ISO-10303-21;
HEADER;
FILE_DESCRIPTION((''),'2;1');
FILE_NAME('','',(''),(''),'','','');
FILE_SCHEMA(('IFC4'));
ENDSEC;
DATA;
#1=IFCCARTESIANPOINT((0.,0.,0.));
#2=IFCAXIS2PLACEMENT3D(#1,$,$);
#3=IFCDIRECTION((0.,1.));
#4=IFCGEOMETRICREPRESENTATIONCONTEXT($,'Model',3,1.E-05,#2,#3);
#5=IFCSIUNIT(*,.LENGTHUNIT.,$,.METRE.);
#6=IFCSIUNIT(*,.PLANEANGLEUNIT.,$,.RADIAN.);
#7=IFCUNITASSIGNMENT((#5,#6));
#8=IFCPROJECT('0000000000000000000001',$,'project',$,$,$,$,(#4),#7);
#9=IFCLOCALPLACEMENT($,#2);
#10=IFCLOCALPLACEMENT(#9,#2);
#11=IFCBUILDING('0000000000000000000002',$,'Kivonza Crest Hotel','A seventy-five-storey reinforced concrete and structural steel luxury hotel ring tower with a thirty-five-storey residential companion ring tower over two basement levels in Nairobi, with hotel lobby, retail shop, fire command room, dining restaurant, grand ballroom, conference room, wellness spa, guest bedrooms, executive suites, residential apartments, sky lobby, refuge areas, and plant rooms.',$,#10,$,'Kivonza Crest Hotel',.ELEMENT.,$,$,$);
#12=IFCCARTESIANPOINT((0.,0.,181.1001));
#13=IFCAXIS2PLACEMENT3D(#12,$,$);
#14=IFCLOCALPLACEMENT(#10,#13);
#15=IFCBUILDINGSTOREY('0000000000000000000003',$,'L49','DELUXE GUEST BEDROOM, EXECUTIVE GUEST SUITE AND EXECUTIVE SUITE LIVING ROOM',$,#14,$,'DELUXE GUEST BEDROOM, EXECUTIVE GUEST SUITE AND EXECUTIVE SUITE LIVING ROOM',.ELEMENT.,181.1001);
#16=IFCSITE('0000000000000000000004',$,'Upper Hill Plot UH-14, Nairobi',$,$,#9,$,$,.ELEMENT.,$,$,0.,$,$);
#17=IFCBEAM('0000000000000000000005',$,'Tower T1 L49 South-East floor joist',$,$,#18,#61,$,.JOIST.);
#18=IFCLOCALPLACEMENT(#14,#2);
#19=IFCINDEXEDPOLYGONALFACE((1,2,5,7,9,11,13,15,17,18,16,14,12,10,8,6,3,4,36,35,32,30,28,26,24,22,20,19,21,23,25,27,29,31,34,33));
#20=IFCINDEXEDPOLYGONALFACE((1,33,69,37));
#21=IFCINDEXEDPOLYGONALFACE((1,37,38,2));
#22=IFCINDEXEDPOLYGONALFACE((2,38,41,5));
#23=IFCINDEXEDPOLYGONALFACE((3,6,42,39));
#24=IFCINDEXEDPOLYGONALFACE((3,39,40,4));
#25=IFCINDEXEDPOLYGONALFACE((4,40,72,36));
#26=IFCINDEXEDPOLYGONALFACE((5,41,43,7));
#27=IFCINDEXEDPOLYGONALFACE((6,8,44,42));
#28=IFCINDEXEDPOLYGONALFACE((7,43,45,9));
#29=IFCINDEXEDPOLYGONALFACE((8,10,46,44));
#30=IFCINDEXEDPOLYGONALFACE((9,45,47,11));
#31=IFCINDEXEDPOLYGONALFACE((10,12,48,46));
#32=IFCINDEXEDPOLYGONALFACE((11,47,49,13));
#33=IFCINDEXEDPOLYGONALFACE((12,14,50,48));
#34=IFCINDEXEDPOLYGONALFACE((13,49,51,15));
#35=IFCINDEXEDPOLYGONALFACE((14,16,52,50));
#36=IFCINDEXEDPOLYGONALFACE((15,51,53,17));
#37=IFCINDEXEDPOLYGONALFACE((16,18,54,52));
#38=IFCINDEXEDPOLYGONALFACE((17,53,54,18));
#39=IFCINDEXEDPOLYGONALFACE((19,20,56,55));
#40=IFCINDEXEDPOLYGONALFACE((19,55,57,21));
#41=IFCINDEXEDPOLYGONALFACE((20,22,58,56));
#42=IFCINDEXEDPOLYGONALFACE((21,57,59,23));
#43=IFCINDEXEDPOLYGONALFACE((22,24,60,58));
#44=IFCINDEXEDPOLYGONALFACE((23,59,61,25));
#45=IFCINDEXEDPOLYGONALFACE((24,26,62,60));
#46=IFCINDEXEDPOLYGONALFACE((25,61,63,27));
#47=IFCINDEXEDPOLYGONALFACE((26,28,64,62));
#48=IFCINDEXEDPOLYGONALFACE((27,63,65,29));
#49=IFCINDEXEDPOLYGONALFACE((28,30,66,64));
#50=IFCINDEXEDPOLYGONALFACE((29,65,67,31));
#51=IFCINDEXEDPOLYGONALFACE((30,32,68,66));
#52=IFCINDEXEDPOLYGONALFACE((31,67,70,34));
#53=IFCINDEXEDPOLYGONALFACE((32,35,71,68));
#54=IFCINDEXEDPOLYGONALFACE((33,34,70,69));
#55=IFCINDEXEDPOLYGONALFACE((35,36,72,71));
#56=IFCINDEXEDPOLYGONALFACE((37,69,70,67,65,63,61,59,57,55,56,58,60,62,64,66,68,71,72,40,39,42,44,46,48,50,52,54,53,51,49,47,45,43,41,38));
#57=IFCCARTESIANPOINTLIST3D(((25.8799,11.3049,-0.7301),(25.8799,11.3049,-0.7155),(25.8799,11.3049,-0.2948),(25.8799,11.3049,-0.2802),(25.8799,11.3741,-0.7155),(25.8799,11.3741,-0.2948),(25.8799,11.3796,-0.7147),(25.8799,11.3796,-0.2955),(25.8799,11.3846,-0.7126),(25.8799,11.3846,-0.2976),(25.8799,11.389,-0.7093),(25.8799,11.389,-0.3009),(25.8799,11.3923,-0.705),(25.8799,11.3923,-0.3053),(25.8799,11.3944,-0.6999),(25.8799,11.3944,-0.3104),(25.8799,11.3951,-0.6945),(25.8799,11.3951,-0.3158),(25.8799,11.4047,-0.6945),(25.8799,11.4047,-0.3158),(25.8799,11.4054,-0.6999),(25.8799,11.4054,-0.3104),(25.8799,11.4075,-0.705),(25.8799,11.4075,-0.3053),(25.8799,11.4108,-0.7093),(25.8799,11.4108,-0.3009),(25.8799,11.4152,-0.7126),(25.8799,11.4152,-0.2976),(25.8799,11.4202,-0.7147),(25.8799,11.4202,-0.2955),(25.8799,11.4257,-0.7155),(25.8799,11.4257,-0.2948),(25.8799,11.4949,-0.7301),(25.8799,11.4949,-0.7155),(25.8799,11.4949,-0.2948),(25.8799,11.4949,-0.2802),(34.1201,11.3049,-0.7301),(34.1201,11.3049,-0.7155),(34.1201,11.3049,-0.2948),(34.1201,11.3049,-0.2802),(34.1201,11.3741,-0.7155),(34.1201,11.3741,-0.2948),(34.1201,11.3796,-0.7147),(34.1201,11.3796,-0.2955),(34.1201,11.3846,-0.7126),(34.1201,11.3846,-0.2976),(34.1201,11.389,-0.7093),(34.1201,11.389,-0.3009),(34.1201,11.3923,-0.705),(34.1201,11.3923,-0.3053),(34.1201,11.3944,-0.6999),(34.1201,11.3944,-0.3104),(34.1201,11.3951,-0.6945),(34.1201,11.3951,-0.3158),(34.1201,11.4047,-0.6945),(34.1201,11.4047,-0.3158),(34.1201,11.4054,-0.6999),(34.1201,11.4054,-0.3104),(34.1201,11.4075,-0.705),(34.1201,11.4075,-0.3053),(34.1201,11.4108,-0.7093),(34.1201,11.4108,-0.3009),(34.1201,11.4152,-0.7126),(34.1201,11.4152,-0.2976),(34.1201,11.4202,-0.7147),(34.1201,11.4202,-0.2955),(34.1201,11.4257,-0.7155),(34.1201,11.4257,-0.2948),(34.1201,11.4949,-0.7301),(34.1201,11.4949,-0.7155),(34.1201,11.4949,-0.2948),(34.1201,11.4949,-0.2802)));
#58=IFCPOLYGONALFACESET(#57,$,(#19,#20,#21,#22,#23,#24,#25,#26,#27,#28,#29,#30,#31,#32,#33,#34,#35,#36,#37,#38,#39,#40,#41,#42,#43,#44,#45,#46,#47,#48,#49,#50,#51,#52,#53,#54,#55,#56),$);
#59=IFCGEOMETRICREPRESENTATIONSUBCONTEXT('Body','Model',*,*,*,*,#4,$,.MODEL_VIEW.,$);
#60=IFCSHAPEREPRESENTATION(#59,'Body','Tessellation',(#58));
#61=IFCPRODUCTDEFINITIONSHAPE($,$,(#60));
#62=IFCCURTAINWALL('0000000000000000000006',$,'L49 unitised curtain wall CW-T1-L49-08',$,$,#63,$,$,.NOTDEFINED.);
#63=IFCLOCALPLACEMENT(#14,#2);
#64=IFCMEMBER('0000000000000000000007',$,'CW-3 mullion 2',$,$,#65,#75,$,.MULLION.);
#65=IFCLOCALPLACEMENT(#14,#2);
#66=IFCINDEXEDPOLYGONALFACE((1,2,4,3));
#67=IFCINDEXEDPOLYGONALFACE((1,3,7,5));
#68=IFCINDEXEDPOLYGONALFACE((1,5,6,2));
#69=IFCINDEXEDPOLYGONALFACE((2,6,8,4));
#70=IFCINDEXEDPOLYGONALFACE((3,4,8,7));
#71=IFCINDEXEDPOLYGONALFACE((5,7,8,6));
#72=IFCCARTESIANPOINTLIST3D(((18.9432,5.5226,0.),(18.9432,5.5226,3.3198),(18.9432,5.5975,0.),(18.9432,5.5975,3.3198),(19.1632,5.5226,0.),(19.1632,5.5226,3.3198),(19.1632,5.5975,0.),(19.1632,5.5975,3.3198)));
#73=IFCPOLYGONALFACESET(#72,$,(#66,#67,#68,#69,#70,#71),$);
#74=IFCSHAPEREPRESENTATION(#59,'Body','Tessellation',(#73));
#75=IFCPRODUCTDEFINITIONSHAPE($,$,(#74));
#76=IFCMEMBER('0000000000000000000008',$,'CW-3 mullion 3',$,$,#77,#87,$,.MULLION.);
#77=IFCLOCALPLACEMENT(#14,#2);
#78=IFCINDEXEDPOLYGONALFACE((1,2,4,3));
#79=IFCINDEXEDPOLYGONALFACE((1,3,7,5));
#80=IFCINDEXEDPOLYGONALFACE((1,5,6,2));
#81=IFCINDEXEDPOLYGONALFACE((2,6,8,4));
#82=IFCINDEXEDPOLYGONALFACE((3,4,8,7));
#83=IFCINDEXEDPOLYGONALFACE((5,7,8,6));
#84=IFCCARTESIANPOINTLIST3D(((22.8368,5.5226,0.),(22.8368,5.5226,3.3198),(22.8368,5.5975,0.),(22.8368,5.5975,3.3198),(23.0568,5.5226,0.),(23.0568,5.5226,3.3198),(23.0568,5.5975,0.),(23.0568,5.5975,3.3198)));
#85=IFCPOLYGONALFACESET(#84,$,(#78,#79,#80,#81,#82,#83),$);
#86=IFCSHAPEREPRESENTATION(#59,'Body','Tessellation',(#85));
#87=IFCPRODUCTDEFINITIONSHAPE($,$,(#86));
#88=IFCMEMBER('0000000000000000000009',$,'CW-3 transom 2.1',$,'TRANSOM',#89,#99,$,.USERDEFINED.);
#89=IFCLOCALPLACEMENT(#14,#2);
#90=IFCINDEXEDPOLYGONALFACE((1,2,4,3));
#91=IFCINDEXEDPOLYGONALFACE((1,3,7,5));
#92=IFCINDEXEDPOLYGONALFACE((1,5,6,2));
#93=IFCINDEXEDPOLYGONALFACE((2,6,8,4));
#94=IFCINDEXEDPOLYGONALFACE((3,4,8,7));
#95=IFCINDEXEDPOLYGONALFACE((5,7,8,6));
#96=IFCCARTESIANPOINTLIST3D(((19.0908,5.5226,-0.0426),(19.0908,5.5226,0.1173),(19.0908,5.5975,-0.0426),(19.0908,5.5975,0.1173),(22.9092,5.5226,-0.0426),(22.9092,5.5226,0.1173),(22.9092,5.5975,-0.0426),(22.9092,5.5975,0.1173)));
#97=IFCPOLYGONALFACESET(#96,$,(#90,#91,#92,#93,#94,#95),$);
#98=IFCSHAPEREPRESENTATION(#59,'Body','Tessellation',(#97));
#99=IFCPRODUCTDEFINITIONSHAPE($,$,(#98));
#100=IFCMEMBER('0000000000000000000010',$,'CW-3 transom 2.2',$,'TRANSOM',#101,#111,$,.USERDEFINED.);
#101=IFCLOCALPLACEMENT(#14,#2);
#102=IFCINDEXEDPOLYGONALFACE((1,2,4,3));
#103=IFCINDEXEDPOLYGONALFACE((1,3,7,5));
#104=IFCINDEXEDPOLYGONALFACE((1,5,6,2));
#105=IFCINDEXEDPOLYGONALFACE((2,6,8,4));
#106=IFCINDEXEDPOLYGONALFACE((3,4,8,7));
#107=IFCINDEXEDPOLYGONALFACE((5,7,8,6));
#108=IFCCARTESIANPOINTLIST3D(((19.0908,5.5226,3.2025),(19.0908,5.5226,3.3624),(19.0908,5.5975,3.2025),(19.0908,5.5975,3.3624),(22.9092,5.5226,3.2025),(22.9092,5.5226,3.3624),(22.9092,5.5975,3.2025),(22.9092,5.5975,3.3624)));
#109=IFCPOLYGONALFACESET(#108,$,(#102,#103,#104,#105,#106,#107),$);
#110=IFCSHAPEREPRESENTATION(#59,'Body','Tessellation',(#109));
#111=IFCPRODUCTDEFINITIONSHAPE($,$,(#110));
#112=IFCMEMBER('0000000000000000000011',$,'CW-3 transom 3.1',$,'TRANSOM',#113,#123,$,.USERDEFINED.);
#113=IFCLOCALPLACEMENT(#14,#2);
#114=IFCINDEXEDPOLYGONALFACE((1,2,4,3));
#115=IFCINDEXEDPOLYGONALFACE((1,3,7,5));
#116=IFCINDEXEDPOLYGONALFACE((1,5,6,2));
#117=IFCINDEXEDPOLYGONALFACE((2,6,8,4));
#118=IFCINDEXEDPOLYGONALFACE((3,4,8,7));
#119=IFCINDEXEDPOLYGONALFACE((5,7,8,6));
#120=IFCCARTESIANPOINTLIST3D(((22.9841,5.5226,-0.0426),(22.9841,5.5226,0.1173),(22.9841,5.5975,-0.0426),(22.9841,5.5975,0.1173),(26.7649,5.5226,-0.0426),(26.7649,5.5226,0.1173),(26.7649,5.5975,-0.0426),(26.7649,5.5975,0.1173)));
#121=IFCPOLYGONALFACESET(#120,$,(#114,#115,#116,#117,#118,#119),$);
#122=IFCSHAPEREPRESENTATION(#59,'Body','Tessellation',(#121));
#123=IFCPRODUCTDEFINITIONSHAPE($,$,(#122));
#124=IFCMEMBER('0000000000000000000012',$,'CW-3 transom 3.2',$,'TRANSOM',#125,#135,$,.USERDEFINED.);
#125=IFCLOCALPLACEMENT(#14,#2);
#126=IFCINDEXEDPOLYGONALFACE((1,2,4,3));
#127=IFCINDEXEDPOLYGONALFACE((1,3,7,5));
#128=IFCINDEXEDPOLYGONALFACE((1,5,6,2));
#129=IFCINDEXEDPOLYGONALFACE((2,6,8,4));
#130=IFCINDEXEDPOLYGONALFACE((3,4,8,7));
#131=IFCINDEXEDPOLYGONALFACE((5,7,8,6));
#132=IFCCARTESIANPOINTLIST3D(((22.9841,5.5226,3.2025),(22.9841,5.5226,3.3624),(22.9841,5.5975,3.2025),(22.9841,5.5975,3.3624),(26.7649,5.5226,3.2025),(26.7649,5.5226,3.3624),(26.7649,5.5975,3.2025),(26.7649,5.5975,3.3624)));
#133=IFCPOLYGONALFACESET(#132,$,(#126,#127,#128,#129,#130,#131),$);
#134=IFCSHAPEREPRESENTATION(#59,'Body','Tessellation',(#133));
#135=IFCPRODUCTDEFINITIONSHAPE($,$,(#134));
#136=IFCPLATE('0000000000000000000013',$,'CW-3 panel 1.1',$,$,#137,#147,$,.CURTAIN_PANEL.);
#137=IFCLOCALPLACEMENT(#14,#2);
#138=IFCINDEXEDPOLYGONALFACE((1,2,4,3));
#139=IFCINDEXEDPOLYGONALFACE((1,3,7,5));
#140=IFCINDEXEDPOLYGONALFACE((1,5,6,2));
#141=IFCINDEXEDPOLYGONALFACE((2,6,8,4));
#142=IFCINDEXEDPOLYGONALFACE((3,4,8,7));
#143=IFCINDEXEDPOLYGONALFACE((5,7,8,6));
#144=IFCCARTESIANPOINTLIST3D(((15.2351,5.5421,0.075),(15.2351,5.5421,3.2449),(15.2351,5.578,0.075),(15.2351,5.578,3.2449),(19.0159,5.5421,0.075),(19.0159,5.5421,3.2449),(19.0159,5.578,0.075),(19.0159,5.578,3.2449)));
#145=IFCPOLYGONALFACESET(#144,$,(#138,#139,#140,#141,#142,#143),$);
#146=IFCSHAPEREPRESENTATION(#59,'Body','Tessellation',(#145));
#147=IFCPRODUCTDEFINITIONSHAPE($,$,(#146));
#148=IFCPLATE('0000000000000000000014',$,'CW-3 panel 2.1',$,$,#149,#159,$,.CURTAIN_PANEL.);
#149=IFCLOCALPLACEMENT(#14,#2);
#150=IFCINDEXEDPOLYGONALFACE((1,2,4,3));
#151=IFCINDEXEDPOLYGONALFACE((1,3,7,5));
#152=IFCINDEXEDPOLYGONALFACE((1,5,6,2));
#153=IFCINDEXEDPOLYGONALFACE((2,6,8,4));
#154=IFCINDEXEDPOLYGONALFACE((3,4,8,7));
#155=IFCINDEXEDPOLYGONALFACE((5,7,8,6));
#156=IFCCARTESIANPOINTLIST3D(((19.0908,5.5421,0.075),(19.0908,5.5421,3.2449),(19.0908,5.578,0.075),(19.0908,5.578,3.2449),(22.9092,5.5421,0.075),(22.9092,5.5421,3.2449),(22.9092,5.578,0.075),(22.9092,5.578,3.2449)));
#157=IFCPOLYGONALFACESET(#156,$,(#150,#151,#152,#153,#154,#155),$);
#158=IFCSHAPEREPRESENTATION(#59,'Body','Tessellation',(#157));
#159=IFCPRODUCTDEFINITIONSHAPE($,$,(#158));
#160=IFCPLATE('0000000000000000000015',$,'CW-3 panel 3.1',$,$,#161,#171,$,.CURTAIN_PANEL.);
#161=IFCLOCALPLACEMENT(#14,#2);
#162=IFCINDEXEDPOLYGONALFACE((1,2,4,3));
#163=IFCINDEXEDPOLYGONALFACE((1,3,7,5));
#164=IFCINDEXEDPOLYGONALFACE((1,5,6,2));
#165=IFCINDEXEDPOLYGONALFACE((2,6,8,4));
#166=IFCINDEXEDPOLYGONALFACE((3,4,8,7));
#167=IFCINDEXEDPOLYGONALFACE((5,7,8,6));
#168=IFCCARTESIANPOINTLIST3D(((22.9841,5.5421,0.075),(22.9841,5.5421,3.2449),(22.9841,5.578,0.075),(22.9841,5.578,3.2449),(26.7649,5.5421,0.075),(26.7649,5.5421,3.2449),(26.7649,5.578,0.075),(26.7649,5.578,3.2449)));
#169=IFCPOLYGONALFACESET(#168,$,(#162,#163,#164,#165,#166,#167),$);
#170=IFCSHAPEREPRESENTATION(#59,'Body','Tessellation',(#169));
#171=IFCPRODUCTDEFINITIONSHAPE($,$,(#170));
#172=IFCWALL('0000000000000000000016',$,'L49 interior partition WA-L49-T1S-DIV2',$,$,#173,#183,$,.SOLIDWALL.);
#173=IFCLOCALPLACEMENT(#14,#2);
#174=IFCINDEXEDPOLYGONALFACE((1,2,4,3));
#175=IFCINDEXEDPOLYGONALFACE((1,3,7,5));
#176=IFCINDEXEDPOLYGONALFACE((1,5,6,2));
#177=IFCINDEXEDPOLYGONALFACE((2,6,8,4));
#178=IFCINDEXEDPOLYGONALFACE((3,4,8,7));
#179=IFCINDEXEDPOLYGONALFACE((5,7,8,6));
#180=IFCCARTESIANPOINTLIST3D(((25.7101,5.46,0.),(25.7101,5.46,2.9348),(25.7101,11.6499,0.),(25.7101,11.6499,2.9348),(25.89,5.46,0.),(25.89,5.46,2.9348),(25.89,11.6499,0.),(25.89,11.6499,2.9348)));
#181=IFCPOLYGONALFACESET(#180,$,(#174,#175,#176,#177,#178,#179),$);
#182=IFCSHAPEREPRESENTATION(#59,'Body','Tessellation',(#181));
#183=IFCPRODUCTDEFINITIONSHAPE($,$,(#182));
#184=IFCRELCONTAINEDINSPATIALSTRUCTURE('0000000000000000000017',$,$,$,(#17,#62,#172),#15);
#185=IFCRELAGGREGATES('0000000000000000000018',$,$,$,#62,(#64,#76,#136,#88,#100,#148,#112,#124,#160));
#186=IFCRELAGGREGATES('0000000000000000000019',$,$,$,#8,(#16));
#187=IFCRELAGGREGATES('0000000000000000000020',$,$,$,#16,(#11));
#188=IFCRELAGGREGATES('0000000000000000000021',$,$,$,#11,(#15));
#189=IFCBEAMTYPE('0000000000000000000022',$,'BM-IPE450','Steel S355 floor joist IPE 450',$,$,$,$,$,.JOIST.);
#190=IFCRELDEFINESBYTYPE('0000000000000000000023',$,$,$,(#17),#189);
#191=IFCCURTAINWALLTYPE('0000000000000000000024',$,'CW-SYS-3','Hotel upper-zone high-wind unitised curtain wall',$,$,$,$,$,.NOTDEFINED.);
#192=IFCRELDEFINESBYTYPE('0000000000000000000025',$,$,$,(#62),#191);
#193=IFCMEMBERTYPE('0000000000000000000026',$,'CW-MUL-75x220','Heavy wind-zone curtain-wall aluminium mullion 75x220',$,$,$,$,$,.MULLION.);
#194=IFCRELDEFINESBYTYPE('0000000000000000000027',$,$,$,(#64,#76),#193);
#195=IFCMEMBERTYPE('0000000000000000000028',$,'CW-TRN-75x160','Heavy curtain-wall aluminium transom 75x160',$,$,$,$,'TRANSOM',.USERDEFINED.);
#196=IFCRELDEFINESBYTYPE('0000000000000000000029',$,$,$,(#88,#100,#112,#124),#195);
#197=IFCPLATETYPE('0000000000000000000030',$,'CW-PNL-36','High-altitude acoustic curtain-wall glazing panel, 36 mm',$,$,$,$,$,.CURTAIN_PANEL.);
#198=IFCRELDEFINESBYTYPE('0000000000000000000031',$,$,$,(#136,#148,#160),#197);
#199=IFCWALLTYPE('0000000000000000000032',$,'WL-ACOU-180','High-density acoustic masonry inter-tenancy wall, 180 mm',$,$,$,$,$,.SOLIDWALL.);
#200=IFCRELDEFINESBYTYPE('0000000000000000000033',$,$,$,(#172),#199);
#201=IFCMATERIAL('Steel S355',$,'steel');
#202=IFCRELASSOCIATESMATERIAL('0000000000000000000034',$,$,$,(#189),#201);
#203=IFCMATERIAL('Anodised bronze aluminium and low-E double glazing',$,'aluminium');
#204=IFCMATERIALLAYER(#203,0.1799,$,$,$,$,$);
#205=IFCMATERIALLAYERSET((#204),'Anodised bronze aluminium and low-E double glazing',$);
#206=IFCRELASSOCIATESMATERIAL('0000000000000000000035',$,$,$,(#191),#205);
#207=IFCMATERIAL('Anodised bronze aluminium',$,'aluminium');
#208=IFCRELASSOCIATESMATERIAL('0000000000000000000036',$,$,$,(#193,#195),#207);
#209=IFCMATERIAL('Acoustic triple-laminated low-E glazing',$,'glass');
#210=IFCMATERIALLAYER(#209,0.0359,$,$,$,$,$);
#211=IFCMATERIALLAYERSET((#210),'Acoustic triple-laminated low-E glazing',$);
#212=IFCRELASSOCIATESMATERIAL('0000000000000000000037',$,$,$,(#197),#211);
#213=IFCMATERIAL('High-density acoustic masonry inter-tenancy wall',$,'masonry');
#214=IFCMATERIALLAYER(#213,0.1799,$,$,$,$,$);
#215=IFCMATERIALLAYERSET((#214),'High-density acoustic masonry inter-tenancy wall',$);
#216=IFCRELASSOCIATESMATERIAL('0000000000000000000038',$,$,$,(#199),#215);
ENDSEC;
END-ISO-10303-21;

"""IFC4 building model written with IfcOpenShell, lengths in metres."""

from ifc_helpers import new_model, si_unit, direction, frame, frame_2d, origin, origin_2d, place, context, subcontext, project, spatial, rectangle, i_section, extrude, material, layer, layer_set, material_profile, profile_set, type_object, element, aggregate, save


model = new_model("IFC4")

# Units and contexts
model_context = context("Model", 3, precision=1e-05, world=origin(), true_north=direction((0.0, 1.0)))
body_context = subcontext(model_context, "Body", "Model", "MODEL_VIEW")
ifc_project = project(units=[si_unit("LENGTHUNIT", "METRE"), si_unit("PLANEANGLEUNIT", "RADIAN")], contexts=[model_context])

# Site, building, storey
site_placement = place(None, origin())
site = spatial("IfcSite", under=ifc_project, at=site_placement, Name="Upper Hill Plot UH-14, Nairobi", CompositionType="ELEMENT", RefElevation=0.0)
building_placement = place(site_placement, origin())
building = spatial("IfcBuilding", under=site, at=building_placement, Name="Kivonza Crest Hotel", Description="A seventy-five-storey reinforced concrete and structural steel luxury hotel ring tower with a thirty-five-storey residential companion ring tower over two basement levels in Nairobi, with hotel lobby, retail shop, fire command room, dining restaurant, grand ballroom, conference room, wellness spa, guest bedrooms, executive suites, residential apartments, sky lobby, refuge areas, and plant rooms.", LongName="Kivonza Crest Hotel", CompositionType="ELEMENT")
storey_placement = place(building_placement, frame((0.0, 0.0, 181.1001)))
storey = spatial("IfcBuildingStorey", under=building, at=storey_placement, Name="L49", Description="DELUXE GUEST BEDROOM, EXECUTIVE GUEST SUITE AND EXECUTIVE SUITE LIVING ROOM", LongName="DELUXE GUEST BEDROOM, EXECUTIVE GUEST SUITE AND EXECUTIVE SUITE LIVING ROOM", CompositionType="ELEMENT", Elevation=181.1001)

# Beam
ifc_material_1 = material(Name="Steel S355", Category="steel")
ifc_material_profile_1 = material_profile(ifc_material_1, i_section(OverallWidth=0.1899, OverallDepth=0.45, WebThickness=0.0095, FlangeThickness=0.0146, FilletRadius=0.021, at=origin_2d()), Name="IPE 450")
ifc_profile_set_1 = profile_set([ifc_material_profile_1], Name="Steel S355")
beam_type_1 = type_object("IfcBeamType", Name="BM-IPE450", Description="Steel S355 floor joist IPE 450", PredefinedType="JOIST", material=ifc_profile_set_1)
beam_1_placement = place(storey_placement, frame((25.8799, 11.3999, -0.5051), z_axis=(1.0, 0.0, 0.0), x_axis=(0.0, 1.0, 0.0)))
element("IfcBeam", 1, at=beam_1_placement, inside=storey, type_object=beam_type_1, Name="Tower T1 L49 South-East floor joist", PredefinedType="JOIST", context=body_context, shape_type="SweptSolid", body=[
    extrude(i_section(OverallWidth=0.1899, OverallDepth=0.45, WebThickness=0.0095, FlangeThickness=0.0146, FilletRadius=0.021, at=origin_2d()), origin(), (0.0, 0.0, 1.0), 8.2402),
])

# Curtain wall, members, plates
ifc_material_2 = material(Name="Anodised bronze aluminium and low-E double glazing", Category="aluminium")
ifc_layer_1 = layer(ifc_material_2, 0.1799)
ifc_layer_set_1 = layer_set([ifc_layer_1], Name="Anodised bronze aluminium and low-E double glazing")
curtain_wall_type = type_object("IfcCurtainWallType", Name="CW-SYS-3", Description="Hotel upper-zone high-wind unitised curtain wall", PredefinedType="NOTDEFINED", material=ifc_layer_set_1)
curtain_wall_placement = place(storey_placement, origin())
curtain_wall = element("IfcCurtainWall", 2, at=curtain_wall_placement, inside=storey, type_object=curtain_wall_type, Name="L49 unitised curtain wall CW-T1-L49-08", PredefinedType="NOTDEFINED")
ifc_material_3 = material(Name="Anodised bronze aluminium", Category="aluminium")
ifc_material_profile_2 = material_profile(ifc_material_3, rectangle(XDim=0.075, YDim=0.22, at=origin_2d()), Name="CW-M 75x220")
ifc_profile_set_2 = profile_set([ifc_material_profile_2], Name="Anodised bronze aluminium")
member_type_1 = type_object("IfcMemberType", Name="CW-MUL-75x220", Description="Heavy wind-zone curtain-wall aluminium mullion 75x220", PredefinedType="MULLION", material=ifc_profile_set_2)
member_1_placement = place(storey_placement, frame((19.0532, 5.5601, 0.0), z_axis=(0.0, 0.0, 1.0), x_axis=(0.0, 1.0, 0.0)))
member_1 = element("IfcMember", 3, at=member_1_placement, type_object=member_type_1, Name="CW-3 mullion 2", PredefinedType="MULLION", context=body_context, shape_type="SweptSolid", body=[
    extrude(rectangle(XDim=0.075, YDim=0.22, at=origin_2d()), origin(), (0.0, 0.0, 1.0), 3.3198),
])
member_2_placement = place(storey_placement, frame((22.9468, 5.5601, 0.0), z_axis=(0.0, 0.0, 1.0), x_axis=(0.0, 1.0, 0.0)))
member_2 = element("IfcMember", 4, at=member_2_placement, type_object=member_type_1, Name="CW-3 mullion 3", PredefinedType="MULLION", context=body_context, shape_type="SweptSolid", body=[
    extrude(rectangle(XDim=0.075, YDim=0.22, at=origin_2d()), origin(), (0.0, 0.0, 1.0), 3.3198),
])
ifc_material_profile_3 = material_profile(ifc_material_3, rectangle(XDim=0.075, YDim=0.1599, at=origin_2d()), Name="CW-T 75x160")
ifc_profile_set_3 = profile_set([ifc_material_profile_3], Name="Anodised bronze aluminium")
member_type_2 = type_object("IfcMemberType", Name="CW-TRN-75x160", Description="Heavy curtain-wall aluminium transom 75x160", ElementType="TRANSOM", PredefinedType="USERDEFINED", material=ifc_profile_set_3)
member_3_placement = place(storey_placement, frame((19.0908, 5.5601, 0.0374), z_axis=(1.0, 0.0, 0.0), x_axis=(0.0, 1.0, 0.0)))
member_3 = element("IfcMember", 5, at=member_3_placement, type_object=member_type_2, Name="CW-3 transom 2.1", ObjectType="TRANSOM", PredefinedType="USERDEFINED", context=body_context, shape_type="SweptSolid", body=[
    extrude(rectangle(XDim=0.075, YDim=0.1599, at=origin_2d()), origin(), (0.0, 0.0, 1.0), 3.8184),
])
member_4_placement = place(storey_placement, frame((19.0908, 5.5601, 3.2825), z_axis=(1.0, 0.0, 0.0), x_axis=(0.0, 1.0, 0.0)))
member_4 = element("IfcMember", 6, at=member_4_placement, type_object=member_type_2, Name="CW-3 transom 2.2", ObjectType="TRANSOM", PredefinedType="USERDEFINED", context=body_context, shape_type="SweptSolid", body=[
    extrude(rectangle(XDim=0.075, YDim=0.1599, at=origin_2d()), origin(), (0.0, 0.0, 1.0), 3.8184),
])
member_5_placement = place(storey_placement, frame((22.9841, 5.5601, 0.0374), z_axis=(1.0, 0.0, 0.0), x_axis=(0.0, 1.0, 0.0)))
member_5 = element("IfcMember", 7, at=member_5_placement, type_object=member_type_2, Name="CW-3 transom 3.1", ObjectType="TRANSOM", PredefinedType="USERDEFINED", context=body_context, shape_type="SweptSolid", body=[
    extrude(rectangle(XDim=0.075, YDim=0.1599, at=origin_2d()), origin(), (0.0, 0.0, 1.0), 3.7808),
])
member_6_placement = place(storey_placement, frame((22.9841, 5.5601, 3.2825), z_axis=(1.0, 0.0, 0.0), x_axis=(0.0, 1.0, 0.0)))
member_6 = element("IfcMember", 8, at=member_6_placement, type_object=member_type_2, Name="CW-3 transom 3.2", ObjectType="TRANSOM", PredefinedType="USERDEFINED", context=body_context, shape_type="SweptSolid", body=[
    extrude(rectangle(XDim=0.075, YDim=0.1599, at=origin_2d()), origin(), (0.0, 0.0, 1.0), 3.7808),
])
ifc_material_4 = material(Name="Acoustic triple-laminated low-E glazing", Category="glass")
ifc_layer_2 = layer(ifc_material_4, 0.0359)
ifc_layer_set_2 = layer_set([ifc_layer_2], Name="Acoustic triple-laminated low-E glazing")
plate_type = type_object("IfcPlateType", Name="CW-PNL-36", Description="High-altitude acoustic curtain-wall glazing panel, 36 mm", PredefinedType="CURTAIN_PANEL", material=ifc_layer_set_2)
plate_1_placement = place(storey_placement, frame((17.1255, 5.5601, 0.075), z_axis=(0.0, 0.0, 1.0), x_axis=(1.0, 0.0, 0.0)))
plate_1 = element("IfcPlate", 9, at=plate_1_placement, type_object=plate_type, Name="CW-3 panel 1.1", PredefinedType="CURTAIN_PANEL", context=body_context, shape_type="SweptSolid", body=[
    extrude(rectangle(XDim=3.7808, YDim=0.0359, at=origin_2d()), origin(), (0.0, 0.0, 1.0), 3.1699),
])
plate_2_placement = place(storey_placement, frame((21.0, 5.5601, 0.075), z_axis=(0.0, 0.0, 1.0), x_axis=(1.0, 0.0, 0.0)))
plate_2 = element("IfcPlate", 10, at=plate_2_placement, type_object=plate_type, Name="CW-3 panel 2.1", PredefinedType="CURTAIN_PANEL", context=body_context, shape_type="SweptSolid", body=[
    extrude(rectangle(XDim=3.8184, YDim=0.0359, at=origin_2d()), origin(), (0.0, 0.0, 1.0), 3.1699),
])
plate_3_placement = place(storey_placement, frame((24.8745, 5.5601, 0.075), z_axis=(0.0, 0.0, 1.0), x_axis=(1.0, 0.0, 0.0)))
plate_3 = element("IfcPlate", 11, at=plate_3_placement, type_object=plate_type, Name="CW-3 panel 3.1", PredefinedType="CURTAIN_PANEL", context=body_context, shape_type="SweptSolid", body=[
    extrude(rectangle(XDim=3.7808, YDim=0.0359, at=origin_2d()), origin(), (0.0, 0.0, 1.0), 3.1699),
])
aggregate(curtain_wall, [member_1, member_2, plate_1, member_3, member_4, plate_2, member_5, member_6, plate_3])

# Wall
ifc_material_5 = material(Name="High-density acoustic masonry inter-tenancy wall", Category="masonry")
ifc_layer_3 = layer(ifc_material_5, 0.1799)
ifc_layer_set_3 = layer_set([ifc_layer_3], Name="High-density acoustic masonry inter-tenancy wall")
wall_type_1 = type_object("IfcWallType", Name="WL-ACOU-180", Description="High-density acoustic masonry inter-tenancy wall, 180 mm", PredefinedType="SOLIDWALL", material=ifc_layer_set_3)
wall_1_placement = place(storey_placement, frame((25.8, 5.46, 0.0), z_axis=(0.0, 0.0, 1.0), x_axis=(0.0, 1.0, 0.0)))
element("IfcWall", 12, at=wall_1_placement, inside=storey, type_object=wall_type_1, Name="L49 interior partition WA-L49-T1S-DIV2", PredefinedType="SOLIDWALL", context=body_context, shape_type="SweptSolid", body=[
    extrude(rectangle(XDim=6.1899, YDim=0.1799, at=frame_2d((3.095, 0.0))), origin(), (0.0, 0.0, 1.0), 2.9348),
])

save(model, "model.ifc")
